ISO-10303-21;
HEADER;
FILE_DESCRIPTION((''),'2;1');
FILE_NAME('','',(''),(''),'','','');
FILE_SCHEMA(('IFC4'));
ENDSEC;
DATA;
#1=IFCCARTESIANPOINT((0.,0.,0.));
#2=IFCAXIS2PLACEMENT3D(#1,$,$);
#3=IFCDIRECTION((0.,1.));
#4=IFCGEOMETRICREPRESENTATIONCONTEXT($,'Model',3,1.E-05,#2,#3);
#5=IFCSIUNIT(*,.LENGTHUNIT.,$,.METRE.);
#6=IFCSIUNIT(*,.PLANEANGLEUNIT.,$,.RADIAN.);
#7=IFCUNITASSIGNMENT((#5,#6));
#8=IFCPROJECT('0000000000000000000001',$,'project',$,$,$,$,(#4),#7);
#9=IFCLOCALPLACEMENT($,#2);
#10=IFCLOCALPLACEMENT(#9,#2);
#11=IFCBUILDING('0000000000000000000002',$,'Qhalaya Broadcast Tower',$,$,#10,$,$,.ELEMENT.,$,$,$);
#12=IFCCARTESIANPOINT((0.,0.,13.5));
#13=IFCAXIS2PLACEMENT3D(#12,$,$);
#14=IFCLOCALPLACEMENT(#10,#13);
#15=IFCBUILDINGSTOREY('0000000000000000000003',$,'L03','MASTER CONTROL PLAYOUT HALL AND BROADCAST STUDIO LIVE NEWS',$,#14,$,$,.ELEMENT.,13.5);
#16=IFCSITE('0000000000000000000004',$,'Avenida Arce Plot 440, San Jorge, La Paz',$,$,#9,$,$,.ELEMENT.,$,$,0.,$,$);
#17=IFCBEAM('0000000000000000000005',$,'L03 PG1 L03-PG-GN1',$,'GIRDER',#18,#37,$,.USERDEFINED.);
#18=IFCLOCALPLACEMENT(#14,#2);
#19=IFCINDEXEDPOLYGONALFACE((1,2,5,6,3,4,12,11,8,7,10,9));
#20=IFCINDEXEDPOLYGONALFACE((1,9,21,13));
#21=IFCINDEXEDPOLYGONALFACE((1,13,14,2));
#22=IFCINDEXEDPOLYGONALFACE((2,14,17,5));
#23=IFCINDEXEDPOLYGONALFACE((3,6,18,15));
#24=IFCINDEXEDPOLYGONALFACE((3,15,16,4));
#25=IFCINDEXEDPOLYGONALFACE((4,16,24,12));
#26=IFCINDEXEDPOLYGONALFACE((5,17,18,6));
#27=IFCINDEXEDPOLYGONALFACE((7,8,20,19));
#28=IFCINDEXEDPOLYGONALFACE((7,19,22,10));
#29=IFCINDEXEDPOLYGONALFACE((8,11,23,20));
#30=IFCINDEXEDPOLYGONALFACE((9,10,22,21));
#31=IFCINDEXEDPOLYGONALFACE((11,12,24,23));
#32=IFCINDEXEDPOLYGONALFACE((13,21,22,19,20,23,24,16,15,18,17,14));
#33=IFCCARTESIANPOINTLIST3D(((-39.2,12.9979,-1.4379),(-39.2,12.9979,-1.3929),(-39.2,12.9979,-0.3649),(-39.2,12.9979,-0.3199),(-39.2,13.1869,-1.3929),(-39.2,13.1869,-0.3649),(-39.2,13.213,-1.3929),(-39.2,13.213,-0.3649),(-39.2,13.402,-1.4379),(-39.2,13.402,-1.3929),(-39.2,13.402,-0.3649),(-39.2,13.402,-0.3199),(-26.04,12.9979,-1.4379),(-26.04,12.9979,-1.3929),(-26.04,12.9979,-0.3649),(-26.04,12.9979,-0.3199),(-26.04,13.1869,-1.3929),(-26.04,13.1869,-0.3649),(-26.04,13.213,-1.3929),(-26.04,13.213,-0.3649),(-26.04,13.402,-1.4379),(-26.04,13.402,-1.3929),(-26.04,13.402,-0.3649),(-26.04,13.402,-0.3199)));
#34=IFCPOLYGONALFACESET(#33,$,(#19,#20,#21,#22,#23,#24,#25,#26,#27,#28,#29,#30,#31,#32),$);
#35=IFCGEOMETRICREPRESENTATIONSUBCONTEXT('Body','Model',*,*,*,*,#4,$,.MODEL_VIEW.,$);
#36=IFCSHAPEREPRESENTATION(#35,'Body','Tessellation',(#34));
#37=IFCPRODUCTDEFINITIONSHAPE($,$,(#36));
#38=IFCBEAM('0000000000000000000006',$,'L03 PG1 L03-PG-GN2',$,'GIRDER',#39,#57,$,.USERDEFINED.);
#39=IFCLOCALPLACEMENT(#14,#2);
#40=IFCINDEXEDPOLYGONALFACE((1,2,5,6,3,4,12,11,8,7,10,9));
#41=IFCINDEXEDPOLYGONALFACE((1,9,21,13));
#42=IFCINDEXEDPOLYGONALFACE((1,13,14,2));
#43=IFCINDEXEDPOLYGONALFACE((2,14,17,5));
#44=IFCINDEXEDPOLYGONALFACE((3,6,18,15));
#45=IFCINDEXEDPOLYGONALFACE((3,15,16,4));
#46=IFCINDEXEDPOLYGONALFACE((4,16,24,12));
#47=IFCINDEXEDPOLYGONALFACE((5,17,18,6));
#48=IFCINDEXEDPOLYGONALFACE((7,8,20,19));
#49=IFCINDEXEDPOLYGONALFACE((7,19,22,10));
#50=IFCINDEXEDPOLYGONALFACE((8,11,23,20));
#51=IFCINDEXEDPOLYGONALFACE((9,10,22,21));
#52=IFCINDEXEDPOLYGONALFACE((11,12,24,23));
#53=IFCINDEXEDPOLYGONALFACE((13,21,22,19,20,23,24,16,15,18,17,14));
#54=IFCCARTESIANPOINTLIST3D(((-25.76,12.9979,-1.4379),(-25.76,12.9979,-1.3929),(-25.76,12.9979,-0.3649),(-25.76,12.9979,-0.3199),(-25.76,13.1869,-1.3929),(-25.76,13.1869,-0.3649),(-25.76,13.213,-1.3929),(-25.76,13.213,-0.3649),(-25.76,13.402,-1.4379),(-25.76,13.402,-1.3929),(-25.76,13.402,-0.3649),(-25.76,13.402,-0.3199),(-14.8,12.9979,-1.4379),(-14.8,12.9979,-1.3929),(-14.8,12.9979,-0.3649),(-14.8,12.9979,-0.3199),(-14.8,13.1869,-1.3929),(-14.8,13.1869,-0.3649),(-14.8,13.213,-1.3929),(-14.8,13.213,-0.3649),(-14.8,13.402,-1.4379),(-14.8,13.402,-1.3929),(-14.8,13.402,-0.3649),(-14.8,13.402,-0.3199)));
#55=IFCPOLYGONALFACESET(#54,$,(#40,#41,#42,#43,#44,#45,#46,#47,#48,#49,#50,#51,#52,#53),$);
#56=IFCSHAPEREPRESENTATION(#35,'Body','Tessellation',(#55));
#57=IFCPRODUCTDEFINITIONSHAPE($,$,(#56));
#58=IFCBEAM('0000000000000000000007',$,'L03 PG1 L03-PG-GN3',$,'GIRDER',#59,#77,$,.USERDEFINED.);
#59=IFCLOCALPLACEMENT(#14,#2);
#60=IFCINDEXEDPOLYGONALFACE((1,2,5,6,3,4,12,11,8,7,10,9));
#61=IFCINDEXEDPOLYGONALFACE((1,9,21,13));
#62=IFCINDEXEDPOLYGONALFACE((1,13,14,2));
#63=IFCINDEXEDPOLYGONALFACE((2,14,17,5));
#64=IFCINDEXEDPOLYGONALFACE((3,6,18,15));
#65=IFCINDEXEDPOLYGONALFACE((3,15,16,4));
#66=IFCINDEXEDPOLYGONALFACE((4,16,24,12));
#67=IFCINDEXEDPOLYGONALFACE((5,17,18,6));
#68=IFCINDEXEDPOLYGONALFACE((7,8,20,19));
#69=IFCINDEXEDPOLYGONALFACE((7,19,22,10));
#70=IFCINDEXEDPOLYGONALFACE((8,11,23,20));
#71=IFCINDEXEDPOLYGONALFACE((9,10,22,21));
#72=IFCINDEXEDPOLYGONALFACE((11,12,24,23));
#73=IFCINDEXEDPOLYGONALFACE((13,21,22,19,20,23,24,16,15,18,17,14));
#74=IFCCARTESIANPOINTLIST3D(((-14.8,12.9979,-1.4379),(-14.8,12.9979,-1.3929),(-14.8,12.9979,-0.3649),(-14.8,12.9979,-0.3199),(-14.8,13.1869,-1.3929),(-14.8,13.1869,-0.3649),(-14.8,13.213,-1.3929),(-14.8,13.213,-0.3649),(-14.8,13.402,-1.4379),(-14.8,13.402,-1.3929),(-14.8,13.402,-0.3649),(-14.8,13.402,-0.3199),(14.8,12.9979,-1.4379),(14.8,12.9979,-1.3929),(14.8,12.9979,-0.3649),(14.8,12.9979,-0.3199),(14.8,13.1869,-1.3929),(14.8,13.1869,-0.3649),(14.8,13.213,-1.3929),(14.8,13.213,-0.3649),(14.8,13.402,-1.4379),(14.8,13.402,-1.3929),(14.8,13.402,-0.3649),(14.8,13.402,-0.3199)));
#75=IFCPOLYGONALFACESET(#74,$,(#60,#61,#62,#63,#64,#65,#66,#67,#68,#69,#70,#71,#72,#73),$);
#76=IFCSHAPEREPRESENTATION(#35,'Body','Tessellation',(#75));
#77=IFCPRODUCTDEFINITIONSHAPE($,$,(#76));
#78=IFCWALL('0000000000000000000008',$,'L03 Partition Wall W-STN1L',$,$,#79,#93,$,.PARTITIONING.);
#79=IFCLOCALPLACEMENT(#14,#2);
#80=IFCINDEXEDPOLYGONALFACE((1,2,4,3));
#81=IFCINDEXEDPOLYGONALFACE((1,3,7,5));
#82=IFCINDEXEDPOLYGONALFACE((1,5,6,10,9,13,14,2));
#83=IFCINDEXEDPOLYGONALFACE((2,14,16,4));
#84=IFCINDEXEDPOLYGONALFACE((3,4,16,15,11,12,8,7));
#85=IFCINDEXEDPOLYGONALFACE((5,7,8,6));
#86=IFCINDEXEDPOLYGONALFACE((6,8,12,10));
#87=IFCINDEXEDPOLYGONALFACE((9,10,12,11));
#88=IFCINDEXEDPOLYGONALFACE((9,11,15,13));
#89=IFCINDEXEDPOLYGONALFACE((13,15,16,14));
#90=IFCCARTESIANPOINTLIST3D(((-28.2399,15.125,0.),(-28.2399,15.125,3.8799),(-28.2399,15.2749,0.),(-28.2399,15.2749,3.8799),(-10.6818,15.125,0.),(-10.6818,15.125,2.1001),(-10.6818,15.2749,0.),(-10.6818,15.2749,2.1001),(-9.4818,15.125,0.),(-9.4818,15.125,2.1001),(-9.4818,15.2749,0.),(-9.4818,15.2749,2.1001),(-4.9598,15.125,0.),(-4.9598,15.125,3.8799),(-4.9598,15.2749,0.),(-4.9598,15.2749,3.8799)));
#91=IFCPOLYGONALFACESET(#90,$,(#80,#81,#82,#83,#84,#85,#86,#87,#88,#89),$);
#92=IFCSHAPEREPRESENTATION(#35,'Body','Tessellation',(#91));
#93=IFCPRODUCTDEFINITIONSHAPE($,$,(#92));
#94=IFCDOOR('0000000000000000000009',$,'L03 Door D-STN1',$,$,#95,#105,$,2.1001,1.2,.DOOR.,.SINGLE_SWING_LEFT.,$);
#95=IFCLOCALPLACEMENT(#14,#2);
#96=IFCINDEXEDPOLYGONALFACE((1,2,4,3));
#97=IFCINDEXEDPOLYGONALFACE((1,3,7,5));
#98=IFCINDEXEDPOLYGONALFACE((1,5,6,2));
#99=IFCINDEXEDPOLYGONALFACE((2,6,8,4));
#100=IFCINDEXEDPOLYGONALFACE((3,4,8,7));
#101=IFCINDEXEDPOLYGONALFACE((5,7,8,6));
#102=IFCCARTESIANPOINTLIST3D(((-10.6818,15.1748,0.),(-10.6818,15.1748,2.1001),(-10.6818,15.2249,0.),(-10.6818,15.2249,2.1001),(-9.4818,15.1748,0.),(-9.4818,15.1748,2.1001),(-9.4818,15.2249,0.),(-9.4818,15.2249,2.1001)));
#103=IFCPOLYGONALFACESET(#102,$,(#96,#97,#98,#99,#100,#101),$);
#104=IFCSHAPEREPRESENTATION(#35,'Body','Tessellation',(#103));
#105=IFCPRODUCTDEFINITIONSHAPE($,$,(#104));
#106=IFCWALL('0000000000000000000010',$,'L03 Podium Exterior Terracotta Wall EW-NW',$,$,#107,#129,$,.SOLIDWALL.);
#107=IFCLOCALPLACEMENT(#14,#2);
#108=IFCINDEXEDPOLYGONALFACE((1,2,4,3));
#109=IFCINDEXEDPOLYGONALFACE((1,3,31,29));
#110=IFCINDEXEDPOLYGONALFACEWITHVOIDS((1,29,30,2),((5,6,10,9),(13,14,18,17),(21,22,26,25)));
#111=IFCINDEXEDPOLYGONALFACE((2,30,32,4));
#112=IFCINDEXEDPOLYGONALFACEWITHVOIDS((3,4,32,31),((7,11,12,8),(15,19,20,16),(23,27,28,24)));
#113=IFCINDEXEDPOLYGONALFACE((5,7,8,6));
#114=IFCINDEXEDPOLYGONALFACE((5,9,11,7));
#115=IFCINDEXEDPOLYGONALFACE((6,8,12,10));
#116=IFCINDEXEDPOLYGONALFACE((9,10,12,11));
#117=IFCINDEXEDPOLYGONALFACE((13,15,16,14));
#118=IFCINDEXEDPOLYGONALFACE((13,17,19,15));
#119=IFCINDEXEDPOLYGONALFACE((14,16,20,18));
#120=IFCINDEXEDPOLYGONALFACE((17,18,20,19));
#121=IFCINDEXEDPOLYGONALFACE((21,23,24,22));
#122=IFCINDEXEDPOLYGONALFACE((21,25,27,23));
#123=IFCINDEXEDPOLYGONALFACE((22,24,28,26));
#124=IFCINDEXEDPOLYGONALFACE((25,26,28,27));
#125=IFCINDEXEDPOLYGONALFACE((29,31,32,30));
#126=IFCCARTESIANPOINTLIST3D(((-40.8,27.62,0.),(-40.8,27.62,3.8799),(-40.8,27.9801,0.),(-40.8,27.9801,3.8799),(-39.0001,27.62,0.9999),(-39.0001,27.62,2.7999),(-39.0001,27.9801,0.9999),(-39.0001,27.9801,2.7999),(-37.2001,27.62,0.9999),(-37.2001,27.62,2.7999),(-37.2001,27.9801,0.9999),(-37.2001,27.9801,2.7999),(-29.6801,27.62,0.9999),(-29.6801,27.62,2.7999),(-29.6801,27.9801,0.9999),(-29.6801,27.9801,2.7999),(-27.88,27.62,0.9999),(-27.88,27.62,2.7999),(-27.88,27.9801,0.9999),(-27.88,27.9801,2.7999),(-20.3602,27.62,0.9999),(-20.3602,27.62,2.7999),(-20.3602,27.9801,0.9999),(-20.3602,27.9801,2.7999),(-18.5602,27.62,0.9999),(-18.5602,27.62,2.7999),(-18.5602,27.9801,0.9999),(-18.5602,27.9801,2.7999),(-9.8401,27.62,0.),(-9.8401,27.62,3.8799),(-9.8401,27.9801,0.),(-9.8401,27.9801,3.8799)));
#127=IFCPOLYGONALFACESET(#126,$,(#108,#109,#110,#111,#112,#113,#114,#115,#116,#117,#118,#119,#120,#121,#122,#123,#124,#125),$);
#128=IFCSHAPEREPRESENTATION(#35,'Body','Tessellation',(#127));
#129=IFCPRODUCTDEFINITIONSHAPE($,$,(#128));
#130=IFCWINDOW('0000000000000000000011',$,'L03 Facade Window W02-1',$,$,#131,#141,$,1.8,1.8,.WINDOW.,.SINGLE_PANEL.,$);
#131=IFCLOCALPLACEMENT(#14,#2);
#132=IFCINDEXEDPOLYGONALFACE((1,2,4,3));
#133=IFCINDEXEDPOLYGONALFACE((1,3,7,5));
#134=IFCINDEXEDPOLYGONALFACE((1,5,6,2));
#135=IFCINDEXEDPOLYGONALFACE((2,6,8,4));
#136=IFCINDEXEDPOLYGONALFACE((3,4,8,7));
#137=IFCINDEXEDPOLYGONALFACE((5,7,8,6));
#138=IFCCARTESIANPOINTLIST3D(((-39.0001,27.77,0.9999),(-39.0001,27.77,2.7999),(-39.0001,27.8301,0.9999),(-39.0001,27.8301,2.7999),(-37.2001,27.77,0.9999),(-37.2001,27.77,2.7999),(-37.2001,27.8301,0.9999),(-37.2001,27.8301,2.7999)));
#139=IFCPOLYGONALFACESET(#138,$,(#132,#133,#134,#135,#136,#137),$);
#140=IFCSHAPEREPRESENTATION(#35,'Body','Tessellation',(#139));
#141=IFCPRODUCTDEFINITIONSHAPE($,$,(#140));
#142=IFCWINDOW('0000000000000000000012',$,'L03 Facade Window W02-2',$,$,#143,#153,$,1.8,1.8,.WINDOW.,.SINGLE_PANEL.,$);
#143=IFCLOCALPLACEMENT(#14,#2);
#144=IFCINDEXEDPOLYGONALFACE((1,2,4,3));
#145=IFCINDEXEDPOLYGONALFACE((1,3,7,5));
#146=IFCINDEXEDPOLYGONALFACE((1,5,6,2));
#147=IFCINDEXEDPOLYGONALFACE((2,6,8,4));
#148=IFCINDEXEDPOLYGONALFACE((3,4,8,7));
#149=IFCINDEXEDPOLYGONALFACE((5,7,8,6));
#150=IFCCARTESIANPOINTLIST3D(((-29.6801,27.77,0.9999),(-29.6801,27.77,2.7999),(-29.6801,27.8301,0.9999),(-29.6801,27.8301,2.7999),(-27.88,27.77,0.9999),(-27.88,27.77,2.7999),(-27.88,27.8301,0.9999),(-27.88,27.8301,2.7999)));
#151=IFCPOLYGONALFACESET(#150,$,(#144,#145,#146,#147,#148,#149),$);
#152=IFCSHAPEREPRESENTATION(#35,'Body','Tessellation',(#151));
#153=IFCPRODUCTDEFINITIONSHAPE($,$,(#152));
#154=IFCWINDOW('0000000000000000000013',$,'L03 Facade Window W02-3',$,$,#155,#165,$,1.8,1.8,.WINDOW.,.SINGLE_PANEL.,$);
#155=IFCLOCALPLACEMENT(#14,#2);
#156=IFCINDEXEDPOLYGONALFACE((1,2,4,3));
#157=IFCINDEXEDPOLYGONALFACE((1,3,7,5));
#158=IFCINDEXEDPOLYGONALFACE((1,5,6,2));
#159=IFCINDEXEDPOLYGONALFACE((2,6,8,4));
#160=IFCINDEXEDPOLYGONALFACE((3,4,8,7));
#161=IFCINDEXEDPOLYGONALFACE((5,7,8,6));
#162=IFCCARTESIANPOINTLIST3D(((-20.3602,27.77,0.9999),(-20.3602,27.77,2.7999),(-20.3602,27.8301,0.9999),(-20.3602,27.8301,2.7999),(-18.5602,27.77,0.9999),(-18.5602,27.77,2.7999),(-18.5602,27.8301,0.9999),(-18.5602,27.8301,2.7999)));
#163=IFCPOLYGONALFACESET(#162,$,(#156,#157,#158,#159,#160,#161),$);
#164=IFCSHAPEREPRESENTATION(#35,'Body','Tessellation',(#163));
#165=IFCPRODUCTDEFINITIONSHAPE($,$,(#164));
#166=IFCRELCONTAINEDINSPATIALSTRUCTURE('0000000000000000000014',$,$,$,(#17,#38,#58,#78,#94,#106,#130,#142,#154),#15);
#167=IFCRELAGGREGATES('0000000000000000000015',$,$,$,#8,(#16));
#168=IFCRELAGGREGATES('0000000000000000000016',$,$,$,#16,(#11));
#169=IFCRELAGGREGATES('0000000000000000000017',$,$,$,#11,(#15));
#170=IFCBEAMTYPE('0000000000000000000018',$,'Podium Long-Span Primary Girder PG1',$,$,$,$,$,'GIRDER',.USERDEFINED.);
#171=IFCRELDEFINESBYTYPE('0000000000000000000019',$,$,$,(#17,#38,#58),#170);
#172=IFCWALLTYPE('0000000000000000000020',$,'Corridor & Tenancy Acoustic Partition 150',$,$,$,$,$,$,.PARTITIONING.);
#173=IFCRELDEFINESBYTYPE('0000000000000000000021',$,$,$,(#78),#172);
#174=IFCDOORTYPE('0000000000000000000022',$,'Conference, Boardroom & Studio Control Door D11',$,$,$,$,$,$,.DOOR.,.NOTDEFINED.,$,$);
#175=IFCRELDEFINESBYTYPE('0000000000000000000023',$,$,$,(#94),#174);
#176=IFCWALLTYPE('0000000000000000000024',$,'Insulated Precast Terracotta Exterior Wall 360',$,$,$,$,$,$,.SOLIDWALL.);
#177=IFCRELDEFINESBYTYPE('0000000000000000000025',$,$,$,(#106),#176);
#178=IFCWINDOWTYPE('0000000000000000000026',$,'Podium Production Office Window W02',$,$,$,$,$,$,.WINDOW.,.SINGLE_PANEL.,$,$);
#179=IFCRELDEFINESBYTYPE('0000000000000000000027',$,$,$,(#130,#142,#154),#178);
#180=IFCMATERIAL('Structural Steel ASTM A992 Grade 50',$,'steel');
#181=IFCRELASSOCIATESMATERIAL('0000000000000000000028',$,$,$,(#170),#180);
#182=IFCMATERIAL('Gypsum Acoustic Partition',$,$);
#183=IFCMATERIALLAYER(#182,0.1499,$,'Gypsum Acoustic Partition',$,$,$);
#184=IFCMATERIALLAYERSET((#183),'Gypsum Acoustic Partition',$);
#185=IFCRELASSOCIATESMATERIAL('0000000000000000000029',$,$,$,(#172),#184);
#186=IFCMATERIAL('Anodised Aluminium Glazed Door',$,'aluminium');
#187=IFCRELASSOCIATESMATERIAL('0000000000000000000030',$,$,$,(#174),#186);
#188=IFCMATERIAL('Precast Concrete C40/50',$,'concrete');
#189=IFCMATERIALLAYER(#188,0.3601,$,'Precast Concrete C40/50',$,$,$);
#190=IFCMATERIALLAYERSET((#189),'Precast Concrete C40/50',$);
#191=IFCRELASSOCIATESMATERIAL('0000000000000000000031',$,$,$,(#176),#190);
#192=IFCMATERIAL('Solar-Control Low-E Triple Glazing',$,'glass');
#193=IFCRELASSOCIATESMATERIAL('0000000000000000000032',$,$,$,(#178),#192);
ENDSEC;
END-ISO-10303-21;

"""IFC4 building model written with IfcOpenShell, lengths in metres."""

from ifc_helpers import new_model, si_unit, direction, frame, frame_2d, origin, origin_2d, place, context, subcontext, project, spatial, rectangle, i_section, extrude, material, layer, layer_set, material_profile, profile_set, type_object, element, fill, save


model = new_model("IFC4")

# Units and contexts
model_context = context("Model", 3, precision=1e-05, world=origin(), true_north=direction((0.0, 1.0)))
body_context = subcontext(model_context, "Body", "Model", "MODEL_VIEW")
ifc_project = project(units=[si_unit("LENGTHUNIT", "METRE"), si_unit("PLANEANGLEUNIT", "RADIAN")], contexts=[model_context])

# Site, building, storey
site_placement = place(None, origin())
site = spatial("IfcSite", under=ifc_project, at=site_placement, Name="Avenida Arce Plot 440, San Jorge, La Paz", CompositionType="ELEMENT", RefElevation=0.0)
building_placement = place(site_placement, origin())
building = spatial("IfcBuilding", under=site, at=building_placement, Name="Qhalaya Broadcast Tower", CompositionType="ELEMENT")
storey_placement = place(building_placement, frame((0.0, 0.0, 13.5)))
storey = spatial("IfcBuildingStorey", under=building, at=storey_placement, Name="L03", Description="MASTER CONTROL PLAYOUT HALL AND BROADCAST STUDIO LIVE NEWS", CompositionType="ELEMENT", Elevation=13.5)

# Beams
ifc_material_1 = material(Name="Structural Steel ASTM A992 Grade 50", Category="steel")
ifc_material_profile_1 = material_profile(ifc_material_1, i_section(OverallWidth=0.4041, OverallDepth=1.1179, WebThickness=0.0261, FlangeThickness=0.0449, at=origin_2d()), Name="W44X335")
ifc_profile_set_1 = profile_set([ifc_material_profile_1], Name="Structural Steel ASTM A992 Grade 50")
beam_type_1 = type_object("IfcBeamType", Name="Podium Long-Span Primary Girder PG1", ElementType="GIRDER", PredefinedType="USERDEFINED", material=ifc_profile_set_1)
beam_1_placement = place(storey_placement, frame((-39.2, 13.2, -0.8789), z_axis=(1.0, 0.0, 0.0), x_axis=(0.0, 1.0, 0.0)))
element("IfcBeam", 1, at=beam_1_placement, inside=storey, type_object=beam_type_1, Name="L03 PG1 L03-PG-GN1", ObjectType="GIRDER", PredefinedType="USERDEFINED", context=body_context, shape_type="SweptSolid", body=[
    extrude(i_section(OverallWidth=0.4041, OverallDepth=1.1179, WebThickness=0.0261, FlangeThickness=0.0449, at=origin_2d()), origin(), (0.0, 0.0, 1.0), 13.1599),
])
beam_2_placement = place(storey_placement, frame((-25.76, 13.2, -0.8789), z_axis=(1.0, 0.0, 0.0), x_axis=(0.0, 1.0, 0.0)))
element("IfcBeam", 2, at=beam_2_placement, inside=storey, type_object=beam_type_1, Name="L03 PG1 L03-PG-GN2", ObjectType="GIRDER", PredefinedType="USERDEFINED", context=body_context, shape_type="SweptSolid", body=[
    extrude(i_section(OverallWidth=0.4041, OverallDepth=1.1179, WebThickness=0.0261, FlangeThickness=0.0449, at=origin_2d()), origin(), (0.0, 0.0, 1.0), 10.96),
])
beam_3_placement = place(storey_placement, frame((-14.8, 13.2, -0.8789), z_axis=(1.0, 0.0, 0.0), x_axis=(0.0, 1.0, 0.0)))
element("IfcBeam", 3, at=beam_3_placement, inside=storey, type_object=beam_type_1, Name="L03 PG1 L03-PG-GN3", ObjectType="GIRDER", PredefinedType="USERDEFINED", context=body_context, shape_type="SweptSolid", body=[
    extrude(i_section(OverallWidth=0.4041, OverallDepth=1.1179, WebThickness=0.0261, FlangeThickness=0.0449, at=origin_2d()), origin(), (0.0, 0.0, 1.0), 29.6001),
])

# Wall, opening, door
ifc_material_2 = material(Name="Gypsum Acoustic Partition")
ifc_layer_1 = layer(ifc_material_2, 0.1499, Name="Gypsum Acoustic Partition")
ifc_layer_set_1 = layer_set([ifc_layer_1], Name="Gypsum Acoustic Partition")
wall_type_1 = type_object("IfcWallType", Name="Corridor & Tenancy Acoustic Partition 150", PredefinedType="PARTITIONING", material=ifc_layer_set_1)
wall_1_placement = place(storey_placement, frame((-28.24, 15.2, 0.0), z_axis=(0.0, 0.0, 1.0), x_axis=(1.0, 0.0, 0.0)))
wall_1 = element("IfcWall", 4, at=wall_1_placement, inside=storey, type_object=wall_type_1, Name="L03 Partition Wall W-STN1L", PredefinedType="PARTITIONING", context=body_context, shape_type="SweptSolid", body=[
    extrude(rectangle(XDim=23.28, YDim=0.1499, at=frame_2d((11.6401, 0.0))), origin(), (0.0, 0.0, 1.0), 3.8799),
])
opening_1_placement = place(wall_1_placement, frame((17.5581, 0.0, 0.0)))
opening_1 = element("IfcOpeningElement", 5, at=opening_1_placement, cuts=wall_1, PredefinedType="OPENING", context=body_context, shape_type="SweptSolid", body=[
    extrude(rectangle(XDim=1.2, YDim=2.1001, at=frame_2d((0.6001, 1.05))), frame((0.0, 0.0869, 0.0), z_axis=(0.0, -1.0, 0.0), x_axis=(1.0, 0.0, 0.0)), (0.0, 0.0, 1.0), 0.1738),
])
ifc_material_3 = material(Name="Anodised Aluminium Glazed Door", Category="aluminium")
door_type = type_object("IfcDoorType", Name="Conference, Boardroom & Studio Control Door D11", OperationType="NOTDEFINED", PredefinedType="DOOR", material=ifc_material_3)
door_placement = place(opening_1_placement, origin())
door = element("IfcDoor", 6, at=door_placement, inside=storey, type_object=door_type, Name="L03 Door D-STN1", OperationType="SINGLE_SWING_LEFT", OverallHeight=2.1001, OverallWidth=1.2, PredefinedType="DOOR", context=body_context, shape_type="SweptSolid", body=[
    extrude(rectangle(XDim=1.2, YDim=2.1001, at=frame_2d((0.6001, 1.05))), frame((0.0, 0.0249, 0.0), z_axis=(0.0, -1.0, 0.0), x_axis=(1.0, 0.0, 0.0)), (0.0, 0.0, 1.0), 0.05),
])
fill(opening_1, door)

# Wall, openings, windows
ifc_material_4 = material(Name="Precast Concrete C40/50", Category="concrete")
ifc_layer_2 = layer(ifc_material_4, 0.3601, Name="Precast Concrete C40/50")
ifc_layer_set_2 = layer_set([ifc_layer_2], Name="Precast Concrete C40/50")
wall_type_2 = type_object("IfcWallType", Name="Insulated Precast Terracotta Exterior Wall 360", PredefinedType="SOLIDWALL", material=ifc_layer_set_2)
wall_2_placement = place(storey_placement, frame((-40.8, 27.8, 0.0), z_axis=(0.0, 0.0, 1.0), x_axis=(1.0, 0.0, 0.0)))
wall_2 = element("IfcWall", 7, at=wall_2_placement, inside=storey, type_object=wall_type_2, Name="L03 Podium Exterior Terracotta Wall EW-NW", PredefinedType="SOLIDWALL", context=body_context, shape_type="SweptSolid", body=[
    extrude(rectangle(XDim=30.96, YDim=0.3601, at=frame_2d((15.48, 0.0))), origin(), (0.0, 0.0, 1.0), 3.8799),
])
opening_2_placement = place(wall_2_placement, frame((1.8, 0.0, 1.0)))
opening_2 = element("IfcOpeningElement", 8, at=opening_2_placement, cuts=wall_2, PredefinedType="OPENING", context=body_context, shape_type="SweptSolid", body=[
    extrude(rectangle(XDim=1.8, YDim=1.8, at=frame_2d((0.8999, 0.8999))), frame((0.0, 0.1921, 0.0), z_axis=(0.0, -1.0, 0.0), x_axis=(1.0, 0.0, 0.0)), (0.0, 0.0, 1.0), 0.384),
])
opening_3_placement = place(wall_2_placement, frame((11.1201, 0.0, 1.0)))
opening_3 = element("IfcOpeningElement", 9, at=opening_3_placement, cuts=wall_2, PredefinedType="OPENING", context=body_context, shape_type="SweptSolid", body=[
    extrude(rectangle(XDim=1.8, YDim=1.8, at=frame_2d((0.8999, 0.8999))), frame((0.0, 0.1921, 0.0), z_axis=(0.0, -1.0, 0.0), x_axis=(1.0, 0.0, 0.0)), (0.0, 0.0, 1.0), 0.384),
])
opening_4_placement = place(wall_2_placement, frame((20.4399, 0.0, 1.0)))
opening_4 = element("IfcOpeningElement", 10, at=opening_4_placement, cuts=wall_2, PredefinedType="OPENING", context=body_context, shape_type="SweptSolid", body=[
    extrude(rectangle(XDim=1.8, YDim=1.8, at=frame_2d((0.8999, 0.8999))), frame((0.0, 0.1921, 0.0), z_axis=(0.0, -1.0, 0.0), x_axis=(1.0, 0.0, 0.0)), (0.0, 0.0, 1.0), 0.384),
])
ifc_material_5 = material(Name="Solar-Control Low-E Triple Glazing", Category="glass")
window_type = type_object("IfcWindowType", Name="Podium Production Office Window W02", PartitioningType="SINGLE_PANEL", PredefinedType="WINDOW", material=ifc_material_5)
window_1_placement = place(opening_2_placement, origin())
window_1 = element("IfcWindow", 11, at=window_1_placement, inside=storey, type_object=window_type, Name="L03 Facade Window W02-1", OverallHeight=1.8, OverallWidth=1.8, PartitioningType="SINGLE_PANEL", PredefinedType="WINDOW", context=body_context, shape_type="SweptSolid", body=[
    extrude(rectangle(XDim=1.8, YDim=1.8, at=frame_2d((0.8999, 0.8999))), frame((0.0, 0.03, 0.0), z_axis=(0.0, -1.0, 0.0), x_axis=(1.0, 0.0, 0.0)), (0.0, 0.0, 1.0), 0.0601),
])
fill(opening_2, window_1)
window_2_placement = place(opening_3_placement, origin())
window_2 = element("IfcWindow", 12, at=window_2_placement, inside=storey, type_object=window_type, Name="L03 Facade Window W02-2", OverallHeight=1.8, OverallWidth=1.8, PartitioningType="SINGLE_PANEL", PredefinedType="WINDOW", context=body_context, shape_type="SweptSolid", body=[
    extrude(rectangle(XDim=1.8, YDim=1.8, at=frame_2d((0.8999, 0.8999))), frame((0.0, 0.03, 0.0), z_axis=(0.0, -1.0, 0.0), x_axis=(1.0, 0.0, 0.0)), (0.0, 0.0, 1.0), 0.0601),
])
fill(opening_3, window_2)
window_3_placement = place(opening_4_placement, origin())
window_3 = element("IfcWindow", 13, at=window_3_placement, inside=storey, type_object=window_type, Name="L03 Facade Window W02-3", OverallHeight=1.8, OverallWidth=1.8, PartitioningType="SINGLE_PANEL", PredefinedType="WINDOW", context=body_context, shape_type="SweptSolid", body=[
    extrude(rectangle(XDim=1.8, YDim=1.8, at=frame_2d((0.8999, 0.8999))), frame((0.0, 0.03, 0.0), z_axis=(0.0, -1.0, 0.0), x_axis=(1.0, 0.0, 0.0)), (0.0, 0.0, 1.0), 0.0601),
])
fill(opening_4, window_3)

save(model, "model.ifc")
